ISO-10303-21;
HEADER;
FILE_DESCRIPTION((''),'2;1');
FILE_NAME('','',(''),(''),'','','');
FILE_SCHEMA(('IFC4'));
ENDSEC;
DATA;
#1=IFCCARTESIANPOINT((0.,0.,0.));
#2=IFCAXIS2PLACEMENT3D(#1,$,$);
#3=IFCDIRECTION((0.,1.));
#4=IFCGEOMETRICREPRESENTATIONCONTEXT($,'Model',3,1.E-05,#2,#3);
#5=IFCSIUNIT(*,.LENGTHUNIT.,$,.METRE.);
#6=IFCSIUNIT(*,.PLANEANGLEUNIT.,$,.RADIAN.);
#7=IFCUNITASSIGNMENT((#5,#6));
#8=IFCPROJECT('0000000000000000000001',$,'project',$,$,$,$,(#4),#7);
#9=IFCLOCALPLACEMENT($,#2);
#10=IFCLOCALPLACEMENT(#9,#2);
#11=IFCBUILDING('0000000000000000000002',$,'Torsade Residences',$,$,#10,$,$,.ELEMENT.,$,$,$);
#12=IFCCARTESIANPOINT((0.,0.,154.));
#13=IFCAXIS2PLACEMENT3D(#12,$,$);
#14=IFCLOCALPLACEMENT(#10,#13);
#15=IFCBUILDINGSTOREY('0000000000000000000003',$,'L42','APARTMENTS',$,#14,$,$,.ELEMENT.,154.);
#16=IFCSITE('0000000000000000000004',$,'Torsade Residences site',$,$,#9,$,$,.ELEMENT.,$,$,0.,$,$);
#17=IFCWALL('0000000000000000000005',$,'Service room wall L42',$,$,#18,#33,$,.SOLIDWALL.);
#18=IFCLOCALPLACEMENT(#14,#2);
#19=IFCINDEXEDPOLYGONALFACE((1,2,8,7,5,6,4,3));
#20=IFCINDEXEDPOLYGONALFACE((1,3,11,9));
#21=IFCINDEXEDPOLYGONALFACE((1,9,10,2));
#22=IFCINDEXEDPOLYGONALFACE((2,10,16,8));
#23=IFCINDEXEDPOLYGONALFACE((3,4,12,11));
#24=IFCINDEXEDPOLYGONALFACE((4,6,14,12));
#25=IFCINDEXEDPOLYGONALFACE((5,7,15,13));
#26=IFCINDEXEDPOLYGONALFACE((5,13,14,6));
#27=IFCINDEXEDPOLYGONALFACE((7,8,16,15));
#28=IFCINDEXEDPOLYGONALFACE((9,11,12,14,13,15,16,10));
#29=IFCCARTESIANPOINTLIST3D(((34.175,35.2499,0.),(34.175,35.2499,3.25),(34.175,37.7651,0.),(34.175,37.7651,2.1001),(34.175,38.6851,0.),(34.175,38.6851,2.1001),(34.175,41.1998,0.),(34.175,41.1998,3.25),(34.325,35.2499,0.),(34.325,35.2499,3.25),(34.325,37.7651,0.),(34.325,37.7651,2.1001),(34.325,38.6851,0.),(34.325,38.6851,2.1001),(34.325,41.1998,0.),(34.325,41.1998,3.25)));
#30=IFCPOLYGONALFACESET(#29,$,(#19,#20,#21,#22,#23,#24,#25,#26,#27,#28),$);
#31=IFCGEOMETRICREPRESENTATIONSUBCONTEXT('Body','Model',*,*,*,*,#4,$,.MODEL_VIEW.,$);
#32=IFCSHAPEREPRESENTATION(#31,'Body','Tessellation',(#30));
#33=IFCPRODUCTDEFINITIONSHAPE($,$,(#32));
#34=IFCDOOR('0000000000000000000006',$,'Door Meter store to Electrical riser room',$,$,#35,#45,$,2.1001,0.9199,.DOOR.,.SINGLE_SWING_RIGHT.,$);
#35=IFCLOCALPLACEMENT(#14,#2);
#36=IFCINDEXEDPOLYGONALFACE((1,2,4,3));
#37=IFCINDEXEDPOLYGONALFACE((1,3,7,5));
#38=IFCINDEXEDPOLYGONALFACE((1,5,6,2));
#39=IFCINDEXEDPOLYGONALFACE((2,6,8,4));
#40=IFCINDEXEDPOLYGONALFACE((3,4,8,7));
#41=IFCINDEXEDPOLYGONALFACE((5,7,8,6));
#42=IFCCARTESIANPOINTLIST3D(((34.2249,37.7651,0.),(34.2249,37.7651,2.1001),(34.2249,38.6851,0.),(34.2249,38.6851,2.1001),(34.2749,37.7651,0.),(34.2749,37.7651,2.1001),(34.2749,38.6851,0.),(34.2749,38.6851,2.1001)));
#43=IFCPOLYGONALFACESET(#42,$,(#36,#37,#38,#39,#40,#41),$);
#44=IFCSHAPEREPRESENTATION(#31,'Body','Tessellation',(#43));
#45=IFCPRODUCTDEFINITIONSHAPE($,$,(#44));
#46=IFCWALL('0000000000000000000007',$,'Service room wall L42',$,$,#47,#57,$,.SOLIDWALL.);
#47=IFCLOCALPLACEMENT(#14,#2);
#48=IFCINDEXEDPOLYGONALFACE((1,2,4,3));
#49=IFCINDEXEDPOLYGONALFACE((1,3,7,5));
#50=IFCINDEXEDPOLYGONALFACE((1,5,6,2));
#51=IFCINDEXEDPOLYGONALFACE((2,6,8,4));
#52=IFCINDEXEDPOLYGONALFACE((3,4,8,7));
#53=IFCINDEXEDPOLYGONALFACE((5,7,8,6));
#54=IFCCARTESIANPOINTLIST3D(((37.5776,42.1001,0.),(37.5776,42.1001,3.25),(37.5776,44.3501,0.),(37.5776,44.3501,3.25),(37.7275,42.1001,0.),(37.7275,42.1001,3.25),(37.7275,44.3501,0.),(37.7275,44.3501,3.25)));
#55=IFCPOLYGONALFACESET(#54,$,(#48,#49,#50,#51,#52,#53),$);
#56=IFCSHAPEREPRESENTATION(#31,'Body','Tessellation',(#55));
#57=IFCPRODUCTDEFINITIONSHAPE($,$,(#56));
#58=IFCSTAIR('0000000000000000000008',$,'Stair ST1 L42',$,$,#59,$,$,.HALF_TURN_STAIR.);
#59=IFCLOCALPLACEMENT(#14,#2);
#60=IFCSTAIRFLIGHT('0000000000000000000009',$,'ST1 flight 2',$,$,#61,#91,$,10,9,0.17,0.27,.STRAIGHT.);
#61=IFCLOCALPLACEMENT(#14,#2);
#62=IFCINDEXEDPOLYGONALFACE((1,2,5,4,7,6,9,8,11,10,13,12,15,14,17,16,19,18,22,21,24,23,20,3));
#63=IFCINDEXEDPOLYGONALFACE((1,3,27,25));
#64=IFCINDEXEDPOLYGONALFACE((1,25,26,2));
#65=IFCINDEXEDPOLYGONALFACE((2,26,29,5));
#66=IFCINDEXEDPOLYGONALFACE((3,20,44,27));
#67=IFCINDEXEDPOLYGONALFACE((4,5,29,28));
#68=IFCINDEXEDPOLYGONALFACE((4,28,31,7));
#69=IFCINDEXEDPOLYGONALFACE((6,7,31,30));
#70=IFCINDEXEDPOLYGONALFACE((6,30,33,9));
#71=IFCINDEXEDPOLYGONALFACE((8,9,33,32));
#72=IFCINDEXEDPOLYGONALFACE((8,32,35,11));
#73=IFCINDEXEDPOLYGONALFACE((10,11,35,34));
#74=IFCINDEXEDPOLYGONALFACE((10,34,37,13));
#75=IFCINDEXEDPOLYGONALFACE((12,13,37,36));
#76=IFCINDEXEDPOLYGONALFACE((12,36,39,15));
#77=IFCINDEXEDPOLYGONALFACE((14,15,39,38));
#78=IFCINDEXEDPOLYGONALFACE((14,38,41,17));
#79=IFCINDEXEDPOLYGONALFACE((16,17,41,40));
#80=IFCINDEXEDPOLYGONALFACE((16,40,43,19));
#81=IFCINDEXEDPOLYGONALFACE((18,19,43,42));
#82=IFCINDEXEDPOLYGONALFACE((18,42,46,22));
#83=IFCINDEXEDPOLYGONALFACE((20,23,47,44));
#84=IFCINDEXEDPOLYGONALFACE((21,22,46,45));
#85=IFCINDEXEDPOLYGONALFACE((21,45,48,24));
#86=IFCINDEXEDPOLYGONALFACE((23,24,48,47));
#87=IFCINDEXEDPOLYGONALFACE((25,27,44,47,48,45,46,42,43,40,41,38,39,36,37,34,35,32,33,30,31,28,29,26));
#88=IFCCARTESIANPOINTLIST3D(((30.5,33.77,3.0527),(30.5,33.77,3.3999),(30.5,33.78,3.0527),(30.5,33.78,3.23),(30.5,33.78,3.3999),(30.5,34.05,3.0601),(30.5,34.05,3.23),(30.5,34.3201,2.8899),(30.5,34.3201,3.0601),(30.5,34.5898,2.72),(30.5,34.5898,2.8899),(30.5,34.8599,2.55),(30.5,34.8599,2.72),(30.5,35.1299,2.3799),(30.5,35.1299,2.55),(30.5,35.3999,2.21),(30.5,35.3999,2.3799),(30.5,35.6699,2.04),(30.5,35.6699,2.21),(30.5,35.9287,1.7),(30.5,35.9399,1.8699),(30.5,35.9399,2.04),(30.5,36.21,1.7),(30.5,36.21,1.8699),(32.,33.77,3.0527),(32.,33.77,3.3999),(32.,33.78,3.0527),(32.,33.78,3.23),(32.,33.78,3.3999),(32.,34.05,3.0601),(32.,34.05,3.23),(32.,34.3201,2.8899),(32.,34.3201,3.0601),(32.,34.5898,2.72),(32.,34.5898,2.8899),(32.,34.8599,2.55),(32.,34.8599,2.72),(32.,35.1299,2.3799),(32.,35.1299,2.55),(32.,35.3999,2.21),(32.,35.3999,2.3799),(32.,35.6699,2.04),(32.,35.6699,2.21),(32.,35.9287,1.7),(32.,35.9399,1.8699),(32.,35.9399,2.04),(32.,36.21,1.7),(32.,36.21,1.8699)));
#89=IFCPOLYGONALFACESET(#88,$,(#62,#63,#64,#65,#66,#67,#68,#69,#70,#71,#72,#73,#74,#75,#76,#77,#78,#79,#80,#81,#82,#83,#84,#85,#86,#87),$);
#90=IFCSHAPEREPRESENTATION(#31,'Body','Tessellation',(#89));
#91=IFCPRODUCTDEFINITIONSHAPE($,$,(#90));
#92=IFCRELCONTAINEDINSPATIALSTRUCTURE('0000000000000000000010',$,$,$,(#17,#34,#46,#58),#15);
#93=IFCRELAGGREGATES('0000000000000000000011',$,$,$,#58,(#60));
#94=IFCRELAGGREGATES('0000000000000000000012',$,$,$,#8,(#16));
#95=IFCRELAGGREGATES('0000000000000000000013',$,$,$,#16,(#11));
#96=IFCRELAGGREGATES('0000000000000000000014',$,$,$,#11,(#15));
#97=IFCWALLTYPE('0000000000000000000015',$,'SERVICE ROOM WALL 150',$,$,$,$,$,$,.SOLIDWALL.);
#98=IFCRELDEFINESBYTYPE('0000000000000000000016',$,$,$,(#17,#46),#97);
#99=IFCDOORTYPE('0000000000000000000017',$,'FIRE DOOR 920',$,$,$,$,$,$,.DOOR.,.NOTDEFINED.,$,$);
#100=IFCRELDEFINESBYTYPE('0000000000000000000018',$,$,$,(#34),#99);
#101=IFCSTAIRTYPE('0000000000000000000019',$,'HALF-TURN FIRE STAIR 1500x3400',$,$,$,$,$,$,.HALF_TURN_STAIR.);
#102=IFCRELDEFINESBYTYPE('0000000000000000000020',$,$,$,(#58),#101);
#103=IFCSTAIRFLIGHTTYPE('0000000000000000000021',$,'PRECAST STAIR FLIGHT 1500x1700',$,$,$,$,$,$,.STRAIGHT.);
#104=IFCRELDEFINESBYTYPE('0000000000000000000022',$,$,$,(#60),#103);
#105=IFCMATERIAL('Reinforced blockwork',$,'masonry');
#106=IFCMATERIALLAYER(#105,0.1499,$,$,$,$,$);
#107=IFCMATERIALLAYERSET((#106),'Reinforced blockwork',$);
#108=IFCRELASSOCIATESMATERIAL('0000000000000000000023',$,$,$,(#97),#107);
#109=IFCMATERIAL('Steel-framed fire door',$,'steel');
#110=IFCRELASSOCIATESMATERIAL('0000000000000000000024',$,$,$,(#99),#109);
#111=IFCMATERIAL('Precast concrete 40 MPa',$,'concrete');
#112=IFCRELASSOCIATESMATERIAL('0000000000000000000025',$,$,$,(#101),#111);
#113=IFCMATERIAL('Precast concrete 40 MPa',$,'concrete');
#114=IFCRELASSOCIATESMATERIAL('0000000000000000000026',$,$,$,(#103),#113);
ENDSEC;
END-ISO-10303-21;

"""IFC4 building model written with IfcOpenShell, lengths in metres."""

from ifc_helpers import new_model, si_unit, direction, frame, frame_2d, origin, place, context, subcontext, project, spatial, polyline, rectangle, outline, extrude, material, layer, layer_set, type_object, element, fill, aggregate, save


model = new_model("IFC4")

# Units and contexts
model_context = context("Model", 3, precision=1e-05, world=origin(), true_north=direction((0.0, 1.0)))
body_context = subcontext(model_context, "Body", "Model", "MODEL_VIEW")
ifc_project = project(units=[si_unit("LENGTHUNIT", "METRE"), si_unit("PLANEANGLEUNIT", "RADIAN")], contexts=[model_context])

# Site, building, storey
site_placement = place(None, origin())
site = spatial("IfcSite", under=ifc_project, at=site_placement, Name="Torsade Residences site", CompositionType="ELEMENT", RefElevation=0.0)
building_placement = place(site_placement, origin())
building = spatial("IfcBuilding", under=site, at=building_placement, Name="Torsade Residences", CompositionType="ELEMENT")
storey_placement = place(building_placement, frame((0.0, 0.0, 154.0)))
storey = spatial("IfcBuildingStorey", under=building, at=storey_placement, Name="L42", Description="APARTMENTS", CompositionType="ELEMENT", Elevation=154.0)

# Wall, opening, door
ifc_material_1 = material(Name="Reinforced blockwork", Category="masonry")
ifc_layer_1 = layer(ifc_material_1, 0.1499)
ifc_layer_set_1 = layer_set([ifc_layer_1], Name="Reinforced blockwork")
wall_type_1 = type_object("IfcWallType", Name="SERVICE ROOM WALL 150", PredefinedType="SOLIDWALL", material=ifc_layer_set_1)
wall_1_placement = place(storey_placement, frame((34.25, 41.2, 0.0), z_axis=(0.0, 0.0, 1.0), x_axis=(0.0, -1.0, 0.0)))
wall_1 = element("IfcWall", 1, at=wall_1_placement, inside=storey, type_object=wall_type_1, Name="Service room wall L42", PredefinedType="SOLIDWALL", context=body_context, shape_type="SweptSolid", body=[
    extrude(rectangle(XDim=5.95, YDim=0.1499, at=frame_2d((2.9751, 0.0))), origin(), (0.0, 0.0, 1.0), 3.25),
])
opening_1_placement = place(wall_1_placement, frame((2.5149, 0.0, 0.0)))
opening_1 = element("IfcOpeningElement", 2, at=opening_1_placement, cuts=wall_1, PredefinedType="OPENING", context=body_context, shape_type="SweptSolid", body=[
    extrude(rectangle(XDim=0.9199, YDim=2.1001, at=frame_2d((0.46, 1.05))), frame((0.0, 0.085, 0.0), z_axis=(0.0, -1.0, 0.0), x_axis=(1.0, 0.0, 0.0)), (0.0, 0.0, 1.0), 0.1699),
])
ifc_material_2 = material(Name="Steel-framed fire door", Category="steel")
door_type_1 = type_object("IfcDoorType", Name="FIRE DOOR 920", OperationType="NOTDEFINED", PredefinedType="DOOR", material=ifc_material_2)
door_1_placement = place(opening_1_placement, origin())
door_1 = element("IfcDoor", 3, at=door_1_placement, inside=storey, type_object=door_type_1, Name="Door Meter store to Electrical riser room", OperationType="SINGLE_SWING_RIGHT", OverallHeight=2.1001, OverallWidth=0.9199, PredefinedType="DOOR", context=body_context, shape_type="SweptSolid", body=[
    extrude(rectangle(XDim=0.9199, YDim=2.1001, at=frame_2d((0.46, 1.05))), frame((0.0, 0.0249, 0.0), z_axis=(0.0, -1.0, 0.0), x_axis=(1.0, 0.0, 0.0)), (0.0, 0.0, 1.0), 0.05),
])
fill(opening_1, door_1)

# Wall
wall_2_placement = place(storey_placement, frame((37.6526, 42.1001, 0.0), z_axis=(0.0, 0.0, 1.0), x_axis=(0.0, 1.0, 0.0)))
element("IfcWall", 4, at=wall_2_placement, inside=storey, type_object=wall_type_1, Name="Service room wall L42", PredefinedType="SOLIDWALL", context=body_context, shape_type="SweptSolid", body=[
    extrude(rectangle(XDim=2.25, YDim=0.1499, at=frame_2d((1.125, 0.0))), origin(), (0.0, 0.0, 1.0), 3.25),
])

# Stair, stair flight
ifc_material_3 = material(Name="Precast concrete 40 MPa", Category="concrete")
stair_type = type_object("IfcStairType", Name="HALF-TURN FIRE STAIR 1500x3400", PredefinedType="HALF_TURN_STAIR", material=ifc_material_3)
stair_placement = place(storey_placement, origin())
stair = element("IfcStair", 5, at=stair_placement, inside=storey, type_object=stair_type, Name="Stair ST1 L42", PredefinedType="HALF_TURN_STAIR")
ifc_material_4 = material(Name="Precast concrete 40 MPa", Category="concrete")
stair_flight_type = type_object("IfcStairFlightType", Name="PRECAST STAIR FLIGHT 1500x1700", PredefinedType="STRAIGHT", material=ifc_material_4)
stair_flight_placement = place(storey_placement, frame((31.25, 36.21, 1.7), z_axis=(0.0, 0.0, 1.0), x_axis=(0.0, -1.0, 0.0)))
stair_flight = element("IfcStairFlight", 6, at=stair_flight_placement, type_object=stair_flight_type, Name="ST1 flight 2", NumberOfRisers=10, NumberOfTreads=9, PredefinedType="STRAIGHT", RiserHeight=0.17, TreadLength=0.27, context=body_context, shape_type="SweptSolid", body=[
    extrude(outline(polyline([(0.0, 0.0), (0.0, 0.1699), (0.27, 0.1699), (0.27, 0.3401), (0.54, 0.3401), (0.54, 0.51), (0.8101, 0.51), (0.8101, 0.6799), (1.0801, 0.6799), (1.0801, 0.8501), (1.3501, 0.8501), (1.3501, 1.02), (1.6201, 1.02), (1.6201, 1.1899), (1.8899, 1.1899), (1.8899, 1.3601), (2.1599, 1.3601), (2.1599, 1.53), (2.4299, 1.53), (2.4299, 1.7), (2.4399, 1.7), (2.4399, 1.3528), (2.4299, 1.3528), (0.2812, 0.0), (0.0, 0.0)])), frame((0.0, 0.75, 0.0), z_axis=(0.0, -1.0, 0.0), x_axis=(1.0, 0.0, 0.0)), (0.0, 0.0, 1.0), 1.5),
])
aggregate(stair, [stair_flight])

save(model, "model.ifc")
